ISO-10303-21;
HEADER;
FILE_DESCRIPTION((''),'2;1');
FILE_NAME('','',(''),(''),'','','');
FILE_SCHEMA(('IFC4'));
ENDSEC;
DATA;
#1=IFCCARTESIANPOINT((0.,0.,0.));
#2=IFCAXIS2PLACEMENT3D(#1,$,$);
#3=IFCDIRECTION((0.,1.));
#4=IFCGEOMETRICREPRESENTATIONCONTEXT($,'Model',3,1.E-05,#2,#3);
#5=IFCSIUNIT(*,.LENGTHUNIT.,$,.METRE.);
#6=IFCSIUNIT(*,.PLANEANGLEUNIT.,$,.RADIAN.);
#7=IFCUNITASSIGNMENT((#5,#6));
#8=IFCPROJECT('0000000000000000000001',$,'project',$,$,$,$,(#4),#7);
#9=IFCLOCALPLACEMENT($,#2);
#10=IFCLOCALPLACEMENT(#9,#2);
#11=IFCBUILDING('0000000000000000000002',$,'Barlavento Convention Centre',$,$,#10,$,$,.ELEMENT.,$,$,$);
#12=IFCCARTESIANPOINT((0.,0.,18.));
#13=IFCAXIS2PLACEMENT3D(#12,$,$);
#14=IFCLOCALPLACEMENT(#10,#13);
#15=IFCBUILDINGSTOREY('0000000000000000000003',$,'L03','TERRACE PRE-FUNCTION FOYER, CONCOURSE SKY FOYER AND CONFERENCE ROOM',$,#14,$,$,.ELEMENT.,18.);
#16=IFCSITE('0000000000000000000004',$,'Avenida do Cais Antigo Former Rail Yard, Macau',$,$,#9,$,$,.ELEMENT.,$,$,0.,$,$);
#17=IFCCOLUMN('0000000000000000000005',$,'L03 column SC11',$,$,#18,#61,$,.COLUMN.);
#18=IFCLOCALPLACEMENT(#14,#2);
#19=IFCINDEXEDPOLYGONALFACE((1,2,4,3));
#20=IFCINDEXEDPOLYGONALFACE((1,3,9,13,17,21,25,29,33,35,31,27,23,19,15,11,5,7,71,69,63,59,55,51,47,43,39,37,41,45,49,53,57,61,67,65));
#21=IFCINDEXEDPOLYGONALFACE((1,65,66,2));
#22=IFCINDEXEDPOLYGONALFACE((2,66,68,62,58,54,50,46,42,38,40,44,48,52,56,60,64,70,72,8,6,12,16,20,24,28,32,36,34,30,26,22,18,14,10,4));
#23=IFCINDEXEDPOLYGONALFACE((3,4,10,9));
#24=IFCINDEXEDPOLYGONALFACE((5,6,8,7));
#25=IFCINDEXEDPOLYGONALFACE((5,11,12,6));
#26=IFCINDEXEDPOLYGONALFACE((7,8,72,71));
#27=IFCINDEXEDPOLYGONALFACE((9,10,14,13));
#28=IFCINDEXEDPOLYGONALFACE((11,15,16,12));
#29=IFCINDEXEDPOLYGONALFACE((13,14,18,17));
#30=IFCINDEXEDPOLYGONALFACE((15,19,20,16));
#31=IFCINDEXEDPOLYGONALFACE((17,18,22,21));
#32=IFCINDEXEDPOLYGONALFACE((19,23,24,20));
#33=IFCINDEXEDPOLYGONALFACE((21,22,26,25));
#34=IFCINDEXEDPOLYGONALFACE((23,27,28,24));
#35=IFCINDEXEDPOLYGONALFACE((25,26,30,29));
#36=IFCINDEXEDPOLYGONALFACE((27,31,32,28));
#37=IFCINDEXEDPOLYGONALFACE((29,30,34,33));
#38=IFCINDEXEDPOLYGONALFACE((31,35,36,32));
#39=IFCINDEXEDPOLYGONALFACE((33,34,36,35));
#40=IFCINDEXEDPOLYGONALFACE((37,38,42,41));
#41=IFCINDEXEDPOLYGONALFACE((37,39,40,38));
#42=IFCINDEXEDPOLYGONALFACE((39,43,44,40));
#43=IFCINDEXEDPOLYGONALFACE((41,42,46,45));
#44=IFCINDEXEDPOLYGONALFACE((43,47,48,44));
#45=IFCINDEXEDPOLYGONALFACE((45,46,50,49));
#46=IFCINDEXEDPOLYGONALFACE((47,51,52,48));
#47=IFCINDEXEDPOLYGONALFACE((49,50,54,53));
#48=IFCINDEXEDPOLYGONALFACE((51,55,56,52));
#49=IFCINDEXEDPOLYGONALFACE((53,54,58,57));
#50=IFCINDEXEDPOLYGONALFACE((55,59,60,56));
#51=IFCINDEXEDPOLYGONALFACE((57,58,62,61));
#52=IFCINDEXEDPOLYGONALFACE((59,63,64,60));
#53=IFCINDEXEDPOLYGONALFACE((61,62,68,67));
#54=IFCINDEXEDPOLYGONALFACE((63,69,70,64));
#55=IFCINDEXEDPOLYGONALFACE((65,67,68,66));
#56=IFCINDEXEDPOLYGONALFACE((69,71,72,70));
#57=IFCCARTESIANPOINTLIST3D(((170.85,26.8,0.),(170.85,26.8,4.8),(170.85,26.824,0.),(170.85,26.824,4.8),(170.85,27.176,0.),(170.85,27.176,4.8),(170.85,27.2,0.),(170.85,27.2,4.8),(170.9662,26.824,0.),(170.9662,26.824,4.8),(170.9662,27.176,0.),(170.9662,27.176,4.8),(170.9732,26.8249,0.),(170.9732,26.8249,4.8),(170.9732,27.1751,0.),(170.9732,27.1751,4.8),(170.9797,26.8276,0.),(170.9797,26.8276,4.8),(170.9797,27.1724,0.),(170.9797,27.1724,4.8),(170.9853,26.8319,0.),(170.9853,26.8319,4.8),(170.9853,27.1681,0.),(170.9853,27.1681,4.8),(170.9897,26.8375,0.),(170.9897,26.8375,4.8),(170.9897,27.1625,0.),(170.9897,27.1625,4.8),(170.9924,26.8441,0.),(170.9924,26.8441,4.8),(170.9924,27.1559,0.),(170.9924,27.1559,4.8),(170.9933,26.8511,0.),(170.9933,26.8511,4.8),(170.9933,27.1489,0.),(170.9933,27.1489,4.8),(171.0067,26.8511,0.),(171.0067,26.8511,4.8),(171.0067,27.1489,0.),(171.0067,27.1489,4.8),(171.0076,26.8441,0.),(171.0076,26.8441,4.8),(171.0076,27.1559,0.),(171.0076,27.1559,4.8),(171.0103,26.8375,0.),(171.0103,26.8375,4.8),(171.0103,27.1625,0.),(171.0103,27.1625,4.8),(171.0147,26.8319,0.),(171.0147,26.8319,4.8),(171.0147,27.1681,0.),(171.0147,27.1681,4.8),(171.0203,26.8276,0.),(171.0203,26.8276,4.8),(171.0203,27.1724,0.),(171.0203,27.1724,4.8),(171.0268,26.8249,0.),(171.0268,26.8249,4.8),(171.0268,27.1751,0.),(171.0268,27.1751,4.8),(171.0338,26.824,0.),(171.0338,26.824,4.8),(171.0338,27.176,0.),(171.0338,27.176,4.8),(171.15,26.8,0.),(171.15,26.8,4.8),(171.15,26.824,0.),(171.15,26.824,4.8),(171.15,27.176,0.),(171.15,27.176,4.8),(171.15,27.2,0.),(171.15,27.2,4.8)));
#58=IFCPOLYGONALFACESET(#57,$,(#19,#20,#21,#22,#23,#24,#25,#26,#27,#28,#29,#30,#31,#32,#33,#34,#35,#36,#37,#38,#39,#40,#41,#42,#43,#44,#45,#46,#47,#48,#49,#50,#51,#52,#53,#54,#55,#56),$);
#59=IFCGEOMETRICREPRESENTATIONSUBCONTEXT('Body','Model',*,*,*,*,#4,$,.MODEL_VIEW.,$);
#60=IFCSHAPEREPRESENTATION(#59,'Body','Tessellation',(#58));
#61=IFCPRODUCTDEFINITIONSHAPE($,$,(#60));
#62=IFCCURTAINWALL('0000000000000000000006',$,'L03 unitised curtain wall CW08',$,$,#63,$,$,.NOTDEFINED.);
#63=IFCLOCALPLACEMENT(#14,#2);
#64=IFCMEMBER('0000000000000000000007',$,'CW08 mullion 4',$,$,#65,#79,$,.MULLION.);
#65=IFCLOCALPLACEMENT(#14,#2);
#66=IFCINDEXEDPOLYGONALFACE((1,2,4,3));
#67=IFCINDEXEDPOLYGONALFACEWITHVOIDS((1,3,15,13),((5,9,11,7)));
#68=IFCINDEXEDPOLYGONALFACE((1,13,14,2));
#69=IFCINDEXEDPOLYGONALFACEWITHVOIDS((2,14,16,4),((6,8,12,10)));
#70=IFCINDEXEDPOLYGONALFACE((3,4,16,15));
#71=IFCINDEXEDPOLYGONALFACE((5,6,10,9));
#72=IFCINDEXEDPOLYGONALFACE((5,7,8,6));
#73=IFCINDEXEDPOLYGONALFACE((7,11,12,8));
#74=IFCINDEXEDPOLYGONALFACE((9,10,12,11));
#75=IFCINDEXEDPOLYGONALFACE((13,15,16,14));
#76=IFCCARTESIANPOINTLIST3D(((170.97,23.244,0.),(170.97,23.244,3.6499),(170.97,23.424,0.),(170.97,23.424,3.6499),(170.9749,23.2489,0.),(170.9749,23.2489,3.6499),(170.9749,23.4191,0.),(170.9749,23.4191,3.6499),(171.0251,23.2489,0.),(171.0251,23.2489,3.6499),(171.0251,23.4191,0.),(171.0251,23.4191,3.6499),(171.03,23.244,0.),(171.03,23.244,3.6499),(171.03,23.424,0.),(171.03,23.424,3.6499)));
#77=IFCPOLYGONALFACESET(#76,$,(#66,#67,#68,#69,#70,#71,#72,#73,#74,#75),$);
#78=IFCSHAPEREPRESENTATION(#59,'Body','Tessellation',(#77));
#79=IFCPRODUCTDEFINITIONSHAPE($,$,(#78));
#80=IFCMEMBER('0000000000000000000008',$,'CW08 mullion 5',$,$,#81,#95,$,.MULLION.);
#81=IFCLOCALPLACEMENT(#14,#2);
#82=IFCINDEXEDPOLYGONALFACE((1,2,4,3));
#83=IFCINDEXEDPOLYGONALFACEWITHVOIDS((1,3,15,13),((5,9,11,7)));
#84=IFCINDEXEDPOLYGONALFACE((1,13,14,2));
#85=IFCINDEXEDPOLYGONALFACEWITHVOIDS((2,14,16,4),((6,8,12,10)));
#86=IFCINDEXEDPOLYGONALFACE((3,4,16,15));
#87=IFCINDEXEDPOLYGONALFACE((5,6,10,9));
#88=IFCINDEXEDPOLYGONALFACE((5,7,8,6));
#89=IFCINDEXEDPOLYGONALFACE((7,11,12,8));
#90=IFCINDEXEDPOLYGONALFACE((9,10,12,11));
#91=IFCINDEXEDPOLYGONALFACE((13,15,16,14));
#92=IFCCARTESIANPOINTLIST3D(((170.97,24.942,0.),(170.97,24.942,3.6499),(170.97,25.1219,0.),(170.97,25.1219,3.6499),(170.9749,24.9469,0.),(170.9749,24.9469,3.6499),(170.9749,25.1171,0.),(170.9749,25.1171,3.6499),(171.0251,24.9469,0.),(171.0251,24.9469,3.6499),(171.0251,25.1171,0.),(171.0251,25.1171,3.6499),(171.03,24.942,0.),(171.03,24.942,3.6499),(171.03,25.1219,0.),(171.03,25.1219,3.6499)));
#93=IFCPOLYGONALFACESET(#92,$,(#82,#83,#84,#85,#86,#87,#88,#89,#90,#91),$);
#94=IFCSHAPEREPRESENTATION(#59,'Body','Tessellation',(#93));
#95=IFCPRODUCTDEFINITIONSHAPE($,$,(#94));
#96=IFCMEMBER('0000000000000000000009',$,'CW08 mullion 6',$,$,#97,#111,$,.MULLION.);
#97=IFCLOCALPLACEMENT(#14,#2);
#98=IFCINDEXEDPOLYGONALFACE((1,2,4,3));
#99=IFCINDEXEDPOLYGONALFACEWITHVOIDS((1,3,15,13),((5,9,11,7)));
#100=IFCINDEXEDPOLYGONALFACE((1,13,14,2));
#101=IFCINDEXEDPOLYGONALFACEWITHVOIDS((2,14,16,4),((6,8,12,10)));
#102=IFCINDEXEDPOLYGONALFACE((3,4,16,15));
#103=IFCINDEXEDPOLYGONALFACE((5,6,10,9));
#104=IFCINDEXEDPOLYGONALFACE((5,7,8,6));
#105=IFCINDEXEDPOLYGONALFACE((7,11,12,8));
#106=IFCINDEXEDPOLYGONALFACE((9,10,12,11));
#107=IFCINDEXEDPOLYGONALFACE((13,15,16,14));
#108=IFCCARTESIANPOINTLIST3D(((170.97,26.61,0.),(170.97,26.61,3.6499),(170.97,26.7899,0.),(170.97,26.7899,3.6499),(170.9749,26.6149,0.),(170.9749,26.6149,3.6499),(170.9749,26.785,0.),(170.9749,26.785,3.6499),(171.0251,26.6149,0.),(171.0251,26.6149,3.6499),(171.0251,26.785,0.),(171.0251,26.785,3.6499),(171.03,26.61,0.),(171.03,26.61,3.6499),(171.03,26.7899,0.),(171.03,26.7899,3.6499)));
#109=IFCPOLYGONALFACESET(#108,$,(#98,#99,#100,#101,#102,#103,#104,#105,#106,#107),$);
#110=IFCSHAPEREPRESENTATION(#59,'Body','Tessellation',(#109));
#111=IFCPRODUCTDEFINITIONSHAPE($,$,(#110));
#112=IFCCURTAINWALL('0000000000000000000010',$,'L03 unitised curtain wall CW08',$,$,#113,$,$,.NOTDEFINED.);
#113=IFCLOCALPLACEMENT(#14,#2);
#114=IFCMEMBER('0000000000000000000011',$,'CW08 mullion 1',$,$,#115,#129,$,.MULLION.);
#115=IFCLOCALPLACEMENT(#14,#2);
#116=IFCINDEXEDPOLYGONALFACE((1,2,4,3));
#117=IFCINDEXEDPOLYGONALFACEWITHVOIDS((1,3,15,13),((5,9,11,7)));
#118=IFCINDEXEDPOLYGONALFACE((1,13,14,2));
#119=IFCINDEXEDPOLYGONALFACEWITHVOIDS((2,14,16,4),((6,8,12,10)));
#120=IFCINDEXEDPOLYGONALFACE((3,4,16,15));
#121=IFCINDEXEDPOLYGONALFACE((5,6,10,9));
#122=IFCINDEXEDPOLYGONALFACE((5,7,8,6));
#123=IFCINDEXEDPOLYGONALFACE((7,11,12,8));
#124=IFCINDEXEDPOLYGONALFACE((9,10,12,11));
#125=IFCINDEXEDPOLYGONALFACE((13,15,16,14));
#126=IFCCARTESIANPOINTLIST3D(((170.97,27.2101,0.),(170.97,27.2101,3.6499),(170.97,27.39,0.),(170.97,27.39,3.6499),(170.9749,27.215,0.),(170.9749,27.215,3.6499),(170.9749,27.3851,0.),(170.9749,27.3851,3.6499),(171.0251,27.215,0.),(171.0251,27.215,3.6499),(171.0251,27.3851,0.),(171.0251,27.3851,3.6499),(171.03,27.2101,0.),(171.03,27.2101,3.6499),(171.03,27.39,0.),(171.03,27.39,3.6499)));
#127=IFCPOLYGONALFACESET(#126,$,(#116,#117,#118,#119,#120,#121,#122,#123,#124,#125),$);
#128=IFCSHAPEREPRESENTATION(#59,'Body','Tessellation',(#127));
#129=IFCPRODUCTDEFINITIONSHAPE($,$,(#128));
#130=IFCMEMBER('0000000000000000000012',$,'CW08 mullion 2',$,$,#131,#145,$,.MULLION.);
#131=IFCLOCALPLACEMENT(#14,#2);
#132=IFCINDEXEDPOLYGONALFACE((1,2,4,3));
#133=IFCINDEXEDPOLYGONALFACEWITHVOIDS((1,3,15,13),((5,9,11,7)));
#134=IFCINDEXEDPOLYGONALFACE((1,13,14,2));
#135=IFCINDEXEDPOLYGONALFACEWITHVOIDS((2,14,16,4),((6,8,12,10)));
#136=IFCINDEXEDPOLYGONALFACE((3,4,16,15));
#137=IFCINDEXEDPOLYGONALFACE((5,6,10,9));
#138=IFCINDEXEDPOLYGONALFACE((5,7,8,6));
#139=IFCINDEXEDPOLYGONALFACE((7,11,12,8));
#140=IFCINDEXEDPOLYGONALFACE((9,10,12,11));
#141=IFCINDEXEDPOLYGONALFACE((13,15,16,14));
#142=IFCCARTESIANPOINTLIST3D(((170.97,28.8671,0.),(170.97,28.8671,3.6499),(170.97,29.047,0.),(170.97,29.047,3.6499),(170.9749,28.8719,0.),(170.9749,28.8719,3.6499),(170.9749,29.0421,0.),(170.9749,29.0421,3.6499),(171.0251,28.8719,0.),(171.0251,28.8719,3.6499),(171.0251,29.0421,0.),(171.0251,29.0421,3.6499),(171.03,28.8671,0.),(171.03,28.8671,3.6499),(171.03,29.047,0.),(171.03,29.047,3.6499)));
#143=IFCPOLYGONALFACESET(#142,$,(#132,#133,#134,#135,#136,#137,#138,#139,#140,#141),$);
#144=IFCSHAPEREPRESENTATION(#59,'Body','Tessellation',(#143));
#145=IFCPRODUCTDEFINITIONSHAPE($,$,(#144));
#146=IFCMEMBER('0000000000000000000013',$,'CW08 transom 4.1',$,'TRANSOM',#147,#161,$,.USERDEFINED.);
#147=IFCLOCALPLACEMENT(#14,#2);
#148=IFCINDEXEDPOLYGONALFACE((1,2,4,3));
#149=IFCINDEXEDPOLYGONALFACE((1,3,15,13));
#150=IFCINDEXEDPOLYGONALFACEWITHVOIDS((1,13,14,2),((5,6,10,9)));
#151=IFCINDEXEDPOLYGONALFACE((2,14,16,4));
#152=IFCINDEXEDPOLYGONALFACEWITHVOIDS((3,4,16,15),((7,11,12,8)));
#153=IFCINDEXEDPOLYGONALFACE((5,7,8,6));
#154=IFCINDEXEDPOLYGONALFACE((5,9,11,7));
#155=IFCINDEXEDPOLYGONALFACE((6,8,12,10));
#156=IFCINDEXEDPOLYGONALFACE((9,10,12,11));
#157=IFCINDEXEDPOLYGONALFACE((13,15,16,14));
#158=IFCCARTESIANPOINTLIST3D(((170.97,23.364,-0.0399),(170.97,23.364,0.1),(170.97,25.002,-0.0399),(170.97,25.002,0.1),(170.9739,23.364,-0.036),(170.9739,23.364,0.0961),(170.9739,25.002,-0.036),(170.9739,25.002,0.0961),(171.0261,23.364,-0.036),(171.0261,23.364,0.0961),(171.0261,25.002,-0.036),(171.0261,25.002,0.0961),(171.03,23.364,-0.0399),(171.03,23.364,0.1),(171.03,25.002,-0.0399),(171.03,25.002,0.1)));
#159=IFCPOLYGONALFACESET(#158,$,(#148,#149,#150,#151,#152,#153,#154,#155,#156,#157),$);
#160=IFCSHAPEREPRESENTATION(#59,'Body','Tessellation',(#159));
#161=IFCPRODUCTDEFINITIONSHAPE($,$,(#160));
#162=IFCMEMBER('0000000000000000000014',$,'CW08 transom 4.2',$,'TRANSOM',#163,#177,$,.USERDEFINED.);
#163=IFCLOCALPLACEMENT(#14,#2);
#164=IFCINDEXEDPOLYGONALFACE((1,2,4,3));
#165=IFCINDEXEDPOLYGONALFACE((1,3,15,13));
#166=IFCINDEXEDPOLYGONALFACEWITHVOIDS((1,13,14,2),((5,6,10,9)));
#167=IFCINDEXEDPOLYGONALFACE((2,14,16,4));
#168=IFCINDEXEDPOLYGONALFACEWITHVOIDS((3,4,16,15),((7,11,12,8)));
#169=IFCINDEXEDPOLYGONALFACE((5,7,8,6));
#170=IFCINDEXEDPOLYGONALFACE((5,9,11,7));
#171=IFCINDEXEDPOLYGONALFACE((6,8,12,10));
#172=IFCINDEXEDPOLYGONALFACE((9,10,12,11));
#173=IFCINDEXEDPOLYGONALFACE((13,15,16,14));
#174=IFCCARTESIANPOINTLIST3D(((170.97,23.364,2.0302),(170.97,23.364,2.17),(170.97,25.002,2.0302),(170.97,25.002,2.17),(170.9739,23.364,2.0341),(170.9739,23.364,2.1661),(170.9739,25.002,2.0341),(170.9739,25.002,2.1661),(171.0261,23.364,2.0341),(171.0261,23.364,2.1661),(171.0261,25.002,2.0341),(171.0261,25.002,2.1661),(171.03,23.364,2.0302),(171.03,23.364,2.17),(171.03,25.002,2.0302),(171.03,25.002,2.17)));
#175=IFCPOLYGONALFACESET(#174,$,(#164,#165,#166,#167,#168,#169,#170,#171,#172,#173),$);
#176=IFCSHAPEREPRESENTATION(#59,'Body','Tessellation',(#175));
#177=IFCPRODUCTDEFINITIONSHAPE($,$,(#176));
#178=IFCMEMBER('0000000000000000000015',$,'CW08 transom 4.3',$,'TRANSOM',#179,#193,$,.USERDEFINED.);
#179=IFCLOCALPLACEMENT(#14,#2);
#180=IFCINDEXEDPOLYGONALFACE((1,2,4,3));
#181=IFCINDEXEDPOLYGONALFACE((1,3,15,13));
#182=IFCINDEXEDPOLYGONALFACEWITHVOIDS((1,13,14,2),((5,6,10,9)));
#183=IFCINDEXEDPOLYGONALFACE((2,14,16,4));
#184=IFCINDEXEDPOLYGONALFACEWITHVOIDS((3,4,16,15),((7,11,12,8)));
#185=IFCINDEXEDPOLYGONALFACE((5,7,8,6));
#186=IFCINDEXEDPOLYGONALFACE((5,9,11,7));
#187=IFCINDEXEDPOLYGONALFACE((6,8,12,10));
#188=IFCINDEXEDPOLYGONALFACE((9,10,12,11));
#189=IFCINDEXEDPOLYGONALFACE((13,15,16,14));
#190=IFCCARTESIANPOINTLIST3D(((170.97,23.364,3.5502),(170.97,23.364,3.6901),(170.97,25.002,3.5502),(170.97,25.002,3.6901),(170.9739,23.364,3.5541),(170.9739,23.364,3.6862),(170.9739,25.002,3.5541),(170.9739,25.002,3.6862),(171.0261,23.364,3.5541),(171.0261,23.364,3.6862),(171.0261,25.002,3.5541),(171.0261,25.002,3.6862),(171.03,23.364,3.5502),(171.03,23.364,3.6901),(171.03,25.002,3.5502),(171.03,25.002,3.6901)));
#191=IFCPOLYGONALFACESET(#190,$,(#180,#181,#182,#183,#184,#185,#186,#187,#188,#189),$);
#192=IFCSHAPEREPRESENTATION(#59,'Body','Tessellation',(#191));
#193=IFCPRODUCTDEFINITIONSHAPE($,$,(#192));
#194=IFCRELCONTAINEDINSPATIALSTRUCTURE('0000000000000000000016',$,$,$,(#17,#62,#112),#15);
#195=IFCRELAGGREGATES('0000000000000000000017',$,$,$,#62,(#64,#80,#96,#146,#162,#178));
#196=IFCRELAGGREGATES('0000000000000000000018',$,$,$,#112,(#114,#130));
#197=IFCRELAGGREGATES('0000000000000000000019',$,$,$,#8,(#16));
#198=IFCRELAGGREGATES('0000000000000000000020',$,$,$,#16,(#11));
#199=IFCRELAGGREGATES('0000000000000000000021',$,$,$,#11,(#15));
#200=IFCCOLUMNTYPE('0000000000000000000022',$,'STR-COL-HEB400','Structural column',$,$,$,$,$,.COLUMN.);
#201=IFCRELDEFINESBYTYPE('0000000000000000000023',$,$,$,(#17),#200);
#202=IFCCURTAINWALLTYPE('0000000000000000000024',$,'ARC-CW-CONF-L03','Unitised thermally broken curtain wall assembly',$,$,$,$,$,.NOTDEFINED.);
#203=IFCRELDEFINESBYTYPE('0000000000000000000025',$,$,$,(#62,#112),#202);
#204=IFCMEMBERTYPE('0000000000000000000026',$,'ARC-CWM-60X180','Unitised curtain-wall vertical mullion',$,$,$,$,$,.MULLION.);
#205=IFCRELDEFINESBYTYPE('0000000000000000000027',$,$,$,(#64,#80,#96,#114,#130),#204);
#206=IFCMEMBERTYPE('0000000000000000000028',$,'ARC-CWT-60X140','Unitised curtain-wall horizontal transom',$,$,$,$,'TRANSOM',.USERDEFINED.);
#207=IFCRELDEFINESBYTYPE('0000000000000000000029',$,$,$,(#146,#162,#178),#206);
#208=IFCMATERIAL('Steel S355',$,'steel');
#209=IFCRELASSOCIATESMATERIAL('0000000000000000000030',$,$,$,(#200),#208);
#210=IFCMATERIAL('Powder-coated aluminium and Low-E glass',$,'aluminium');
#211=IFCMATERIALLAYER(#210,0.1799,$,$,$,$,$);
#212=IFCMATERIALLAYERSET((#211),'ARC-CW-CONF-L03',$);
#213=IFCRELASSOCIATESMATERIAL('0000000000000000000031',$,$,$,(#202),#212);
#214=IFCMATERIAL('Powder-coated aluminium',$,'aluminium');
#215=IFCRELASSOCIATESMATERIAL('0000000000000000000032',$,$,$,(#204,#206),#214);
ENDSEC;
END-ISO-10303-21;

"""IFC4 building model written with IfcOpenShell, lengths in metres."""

from ifc_helpers import new_model, si_unit, direction, frame, origin, origin_2d, place, context, subcontext, project, spatial, hollow_rectangle, i_section, extrude, material, layer, layer_set, material_profile, profile_set, type_object, element, aggregate, save


model = new_model("IFC4")

# Units and contexts
model_context = context("Model", 3, precision=1e-05, world=origin(), true_north=direction((0.0, 1.0)))
body_context = subcontext(model_context, "Body", "Model", "MODEL_VIEW")
ifc_project = project(units=[si_unit("LENGTHUNIT", "METRE"), si_unit("PLANEANGLEUNIT", "RADIAN")], contexts=[model_context])

# Site, building, storey
site_placement = place(None, origin())
site = spatial("IfcSite", under=ifc_project, at=site_placement, Name="Avenida do Cais Antigo Former Rail Yard, Macau", CompositionType="ELEMENT", RefElevation=0.0)
building_placement = place(site_placement, origin())
building = spatial("IfcBuilding", under=site, at=building_placement, Name="Barlavento Convention Centre", CompositionType="ELEMENT")
storey_placement = place(building_placement, frame((0.0, 0.0, 18.0)))
storey = spatial("IfcBuildingStorey", under=building, at=storey_placement, Name="L03", Description="TERRACE PRE-FUNCTION FOYER, CONCOURSE SKY FOYER AND CONFERENCE ROOM", CompositionType="ELEMENT", Elevation=18.0)

# Column
ifc_material_1 = material(Name="Steel S355", Category="steel")
ifc_material_profile_1 = material_profile(ifc_material_1, i_section(OverallWidth=0.3, OverallDepth=0.3999, WebThickness=0.0134, FlangeThickness=0.0239, FilletRadius=0.0271, at=origin_2d()), Name="HEB 400")
ifc_profile_set_1 = profile_set([ifc_material_profile_1], Name="Steel S355")
column_type = type_object("IfcColumnType", Name="STR-COL-HEB400", Description="Structural column", PredefinedType="COLUMN", material=ifc_profile_set_1)
column_placement = place(storey_placement, frame((171.0, 27.0, 0.0), z_axis=(0.0, 0.0, 1.0), x_axis=(1.0, 0.0, 0.0)))
element("IfcColumn", 1, at=column_placement, inside=storey, type_object=column_type, Name="L03 column SC11", PredefinedType="COLUMN", context=body_context, shape_type="SweptSolid", body=[
    extrude(i_section(OverallWidth=0.3, OverallDepth=0.3999, WebThickness=0.0134, FlangeThickness=0.0239, FilletRadius=0.0271, at=origin_2d()), origin(), (0.0, 0.0, 1.0), 4.8),
])

# Curtain walls, members
ifc_material_2 = material(Name="Powder-coated aluminium and Low-E glass", Category="aluminium")
ifc_layer_1 = layer(ifc_material_2, 0.1799)
ifc_layer_set_1 = layer_set([ifc_layer_1], Name="ARC-CW-CONF-L03")
curtain_wall_type = type_object("IfcCurtainWallType", Name="ARC-CW-CONF-L03", Description="Unitised thermally broken curtain wall assembly", PredefinedType="NOTDEFINED", material=ifc_layer_set_1)
curtain_wall_1_placement = place(storey_placement, origin())
curtain_wall_1 = element("IfcCurtainWall", 2, at=curtain_wall_1_placement, inside=storey, type_object=curtain_wall_type, Name="L03 unitised curtain wall CW08", PredefinedType="NOTDEFINED")
ifc_material_3 = material(Name="Powder-coated aluminium", Category="aluminium")
ifc_material_profile_2 = material_profile(ifc_material_3, hollow_rectangle(XDim=0.0601, YDim=0.1799, WallThickness=0.0049, at=origin_2d()), Name="AL-MULL 60x180x5")
ifc_profile_set_2 = profile_set([ifc_material_profile_2], Name="Powder-coated aluminium")
member_type_1 = type_object("IfcMemberType", Name="ARC-CWM-60X180", Description="Unitised curtain-wall vertical mullion", PredefinedType="MULLION", material=ifc_profile_set_2)
member_1_placement = place(storey_placement, frame((171.0, 23.334, 0.0), z_axis=(0.0, 0.0, 1.0), x_axis=(-1.0, 0.0, 0.0)))
member_1 = element("IfcMember", 3, at=member_1_placement, type_object=member_type_1, Name="CW08 mullion 4", PredefinedType="MULLION", context=body_context, shape_type="SweptSolid", body=[
    extrude(hollow_rectangle(XDim=0.0601, YDim=0.1799, WallThickness=0.0049, at=origin_2d()), origin(), (0.0, 0.0, 1.0), 3.6499),
])
member_2_placement = place(storey_placement, frame((171.0, 25.032, 0.0), z_axis=(0.0, 0.0, 1.0), x_axis=(-1.0, 0.0, 0.0)))
member_2 = element("IfcMember", 4, at=member_2_placement, type_object=member_type_1, Name="CW08 mullion 5", PredefinedType="MULLION", context=body_context, shape_type="SweptSolid", body=[
    extrude(hollow_rectangle(XDim=0.0601, YDim=0.1799, WallThickness=0.0049, at=origin_2d()), origin(), (0.0, 0.0, 1.0), 3.6499),
])
member_3_placement = place(storey_placement, frame((171.0, 26.7, 0.0), z_axis=(0.0, 0.0, 1.0), x_axis=(-1.0, 0.0, 0.0)))
member_3 = element("IfcMember", 5, at=member_3_placement, type_object=member_type_1, Name="CW08 mullion 6", PredefinedType="MULLION", context=body_context, shape_type="SweptSolid", body=[
    extrude(hollow_rectangle(XDim=0.0601, YDim=0.1799, WallThickness=0.0049, at=origin_2d()), origin(), (0.0, 0.0, 1.0), 3.6499),
])
curtain_wall_2_placement = place(storey_placement, origin())
curtain_wall_2 = element("IfcCurtainWall", 6, at=curtain_wall_2_placement, inside=storey, type_object=curtain_wall_type, Name="L03 unitised curtain wall CW08", PredefinedType="NOTDEFINED")
member_4_placement = place(storey_placement, frame((171.0, 27.3, 0.0), z_axis=(0.0, 0.0, 1.0), x_axis=(-1.0, 0.0, 0.0)))
member_4 = element("IfcMember", 7, at=member_4_placement, type_object=member_type_1, Name="CW08 mullion 1", PredefinedType="MULLION", context=body_context, shape_type="SweptSolid", body=[
    extrude(hollow_rectangle(XDim=0.0601, YDim=0.1799, WallThickness=0.0049, at=origin_2d()), origin(), (0.0, 0.0, 1.0), 3.6499),
])
member_5_placement = place(storey_placement, frame((171.0, 28.957, 0.0), z_axis=(0.0, 0.0, 1.0), x_axis=(-1.0, 0.0, 0.0)))
member_5 = element("IfcMember", 8, at=member_5_placement, type_object=member_type_1, Name="CW08 mullion 2", PredefinedType="MULLION", context=body_context, shape_type="SweptSolid", body=[
    extrude(hollow_rectangle(XDim=0.0601, YDim=0.1799, WallThickness=0.0049, at=origin_2d()), origin(), (0.0, 0.0, 1.0), 3.6499),
])

# Members
ifc_material_profile_3 = material_profile(ifc_material_3, hollow_rectangle(XDim=0.0601, YDim=0.1399, WallThickness=0.0039, at=origin_2d()), Name="AL-TRAN 60x140x4")
ifc_profile_set_3 = profile_set([ifc_material_profile_3], Name="Powder-coated aluminium")
member_type_2 = type_object("IfcMemberType", Name="ARC-CWT-60X140", Description="Unitised curtain-wall horizontal transom", ElementType="TRANSOM", PredefinedType="USERDEFINED", material=ifc_profile_set_3)
member_6_placement = place(storey_placement, frame((171.0, 23.364, 0.03), z_axis=(0.0, 1.0, 0.0), x_axis=(-1.0, 0.0, 0.0)))
member_6 = element("IfcMember", 9, at=member_6_placement, type_object=member_type_2, Name="CW08 transom 4.1", ObjectType="TRANSOM", PredefinedType="USERDEFINED", context=body_context, shape_type="SweptSolid", body=[
    extrude(hollow_rectangle(XDim=0.0601, YDim=0.1399, WallThickness=0.0039, at=origin_2d()), origin(), (0.0, 0.0, 1.0), 1.6379),
])
member_7_placement = place(storey_placement, frame((171.0, 23.364, 2.1001), z_axis=(0.0, 1.0, 0.0), x_axis=(-1.0, 0.0, 0.0)))
member_7 = element("IfcMember", 10, at=member_7_placement, type_object=member_type_2, Name="CW08 transom 4.2", ObjectType="TRANSOM", PredefinedType="USERDEFINED", context=body_context, shape_type="SweptSolid", body=[
    extrude(hollow_rectangle(XDim=0.0601, YDim=0.1399, WallThickness=0.0039, at=origin_2d()), origin(), (0.0, 0.0, 1.0), 1.6379),
])
member_8_placement = place(storey_placement, frame((171.0, 23.364, 3.6201), z_axis=(0.0, 1.0, 0.0), x_axis=(-1.0, 0.0, 0.0)))
member_8 = element("IfcMember", 11, at=member_8_placement, type_object=member_type_2, Name="CW08 transom 4.3", ObjectType="TRANSOM", PredefinedType="USERDEFINED", context=body_context, shape_type="SweptSolid", body=[
    extrude(hollow_rectangle(XDim=0.0601, YDim=0.1399, WallThickness=0.0039, at=origin_2d()), origin(), (0.0, 0.0, 1.0), 1.6379),
])

aggregate(curtain_wall_1, [member_1, member_2, member_3, member_6, member_7, member_8])
aggregate(curtain_wall_2, [member_4, member_5])

save(model, "model.ifc")
